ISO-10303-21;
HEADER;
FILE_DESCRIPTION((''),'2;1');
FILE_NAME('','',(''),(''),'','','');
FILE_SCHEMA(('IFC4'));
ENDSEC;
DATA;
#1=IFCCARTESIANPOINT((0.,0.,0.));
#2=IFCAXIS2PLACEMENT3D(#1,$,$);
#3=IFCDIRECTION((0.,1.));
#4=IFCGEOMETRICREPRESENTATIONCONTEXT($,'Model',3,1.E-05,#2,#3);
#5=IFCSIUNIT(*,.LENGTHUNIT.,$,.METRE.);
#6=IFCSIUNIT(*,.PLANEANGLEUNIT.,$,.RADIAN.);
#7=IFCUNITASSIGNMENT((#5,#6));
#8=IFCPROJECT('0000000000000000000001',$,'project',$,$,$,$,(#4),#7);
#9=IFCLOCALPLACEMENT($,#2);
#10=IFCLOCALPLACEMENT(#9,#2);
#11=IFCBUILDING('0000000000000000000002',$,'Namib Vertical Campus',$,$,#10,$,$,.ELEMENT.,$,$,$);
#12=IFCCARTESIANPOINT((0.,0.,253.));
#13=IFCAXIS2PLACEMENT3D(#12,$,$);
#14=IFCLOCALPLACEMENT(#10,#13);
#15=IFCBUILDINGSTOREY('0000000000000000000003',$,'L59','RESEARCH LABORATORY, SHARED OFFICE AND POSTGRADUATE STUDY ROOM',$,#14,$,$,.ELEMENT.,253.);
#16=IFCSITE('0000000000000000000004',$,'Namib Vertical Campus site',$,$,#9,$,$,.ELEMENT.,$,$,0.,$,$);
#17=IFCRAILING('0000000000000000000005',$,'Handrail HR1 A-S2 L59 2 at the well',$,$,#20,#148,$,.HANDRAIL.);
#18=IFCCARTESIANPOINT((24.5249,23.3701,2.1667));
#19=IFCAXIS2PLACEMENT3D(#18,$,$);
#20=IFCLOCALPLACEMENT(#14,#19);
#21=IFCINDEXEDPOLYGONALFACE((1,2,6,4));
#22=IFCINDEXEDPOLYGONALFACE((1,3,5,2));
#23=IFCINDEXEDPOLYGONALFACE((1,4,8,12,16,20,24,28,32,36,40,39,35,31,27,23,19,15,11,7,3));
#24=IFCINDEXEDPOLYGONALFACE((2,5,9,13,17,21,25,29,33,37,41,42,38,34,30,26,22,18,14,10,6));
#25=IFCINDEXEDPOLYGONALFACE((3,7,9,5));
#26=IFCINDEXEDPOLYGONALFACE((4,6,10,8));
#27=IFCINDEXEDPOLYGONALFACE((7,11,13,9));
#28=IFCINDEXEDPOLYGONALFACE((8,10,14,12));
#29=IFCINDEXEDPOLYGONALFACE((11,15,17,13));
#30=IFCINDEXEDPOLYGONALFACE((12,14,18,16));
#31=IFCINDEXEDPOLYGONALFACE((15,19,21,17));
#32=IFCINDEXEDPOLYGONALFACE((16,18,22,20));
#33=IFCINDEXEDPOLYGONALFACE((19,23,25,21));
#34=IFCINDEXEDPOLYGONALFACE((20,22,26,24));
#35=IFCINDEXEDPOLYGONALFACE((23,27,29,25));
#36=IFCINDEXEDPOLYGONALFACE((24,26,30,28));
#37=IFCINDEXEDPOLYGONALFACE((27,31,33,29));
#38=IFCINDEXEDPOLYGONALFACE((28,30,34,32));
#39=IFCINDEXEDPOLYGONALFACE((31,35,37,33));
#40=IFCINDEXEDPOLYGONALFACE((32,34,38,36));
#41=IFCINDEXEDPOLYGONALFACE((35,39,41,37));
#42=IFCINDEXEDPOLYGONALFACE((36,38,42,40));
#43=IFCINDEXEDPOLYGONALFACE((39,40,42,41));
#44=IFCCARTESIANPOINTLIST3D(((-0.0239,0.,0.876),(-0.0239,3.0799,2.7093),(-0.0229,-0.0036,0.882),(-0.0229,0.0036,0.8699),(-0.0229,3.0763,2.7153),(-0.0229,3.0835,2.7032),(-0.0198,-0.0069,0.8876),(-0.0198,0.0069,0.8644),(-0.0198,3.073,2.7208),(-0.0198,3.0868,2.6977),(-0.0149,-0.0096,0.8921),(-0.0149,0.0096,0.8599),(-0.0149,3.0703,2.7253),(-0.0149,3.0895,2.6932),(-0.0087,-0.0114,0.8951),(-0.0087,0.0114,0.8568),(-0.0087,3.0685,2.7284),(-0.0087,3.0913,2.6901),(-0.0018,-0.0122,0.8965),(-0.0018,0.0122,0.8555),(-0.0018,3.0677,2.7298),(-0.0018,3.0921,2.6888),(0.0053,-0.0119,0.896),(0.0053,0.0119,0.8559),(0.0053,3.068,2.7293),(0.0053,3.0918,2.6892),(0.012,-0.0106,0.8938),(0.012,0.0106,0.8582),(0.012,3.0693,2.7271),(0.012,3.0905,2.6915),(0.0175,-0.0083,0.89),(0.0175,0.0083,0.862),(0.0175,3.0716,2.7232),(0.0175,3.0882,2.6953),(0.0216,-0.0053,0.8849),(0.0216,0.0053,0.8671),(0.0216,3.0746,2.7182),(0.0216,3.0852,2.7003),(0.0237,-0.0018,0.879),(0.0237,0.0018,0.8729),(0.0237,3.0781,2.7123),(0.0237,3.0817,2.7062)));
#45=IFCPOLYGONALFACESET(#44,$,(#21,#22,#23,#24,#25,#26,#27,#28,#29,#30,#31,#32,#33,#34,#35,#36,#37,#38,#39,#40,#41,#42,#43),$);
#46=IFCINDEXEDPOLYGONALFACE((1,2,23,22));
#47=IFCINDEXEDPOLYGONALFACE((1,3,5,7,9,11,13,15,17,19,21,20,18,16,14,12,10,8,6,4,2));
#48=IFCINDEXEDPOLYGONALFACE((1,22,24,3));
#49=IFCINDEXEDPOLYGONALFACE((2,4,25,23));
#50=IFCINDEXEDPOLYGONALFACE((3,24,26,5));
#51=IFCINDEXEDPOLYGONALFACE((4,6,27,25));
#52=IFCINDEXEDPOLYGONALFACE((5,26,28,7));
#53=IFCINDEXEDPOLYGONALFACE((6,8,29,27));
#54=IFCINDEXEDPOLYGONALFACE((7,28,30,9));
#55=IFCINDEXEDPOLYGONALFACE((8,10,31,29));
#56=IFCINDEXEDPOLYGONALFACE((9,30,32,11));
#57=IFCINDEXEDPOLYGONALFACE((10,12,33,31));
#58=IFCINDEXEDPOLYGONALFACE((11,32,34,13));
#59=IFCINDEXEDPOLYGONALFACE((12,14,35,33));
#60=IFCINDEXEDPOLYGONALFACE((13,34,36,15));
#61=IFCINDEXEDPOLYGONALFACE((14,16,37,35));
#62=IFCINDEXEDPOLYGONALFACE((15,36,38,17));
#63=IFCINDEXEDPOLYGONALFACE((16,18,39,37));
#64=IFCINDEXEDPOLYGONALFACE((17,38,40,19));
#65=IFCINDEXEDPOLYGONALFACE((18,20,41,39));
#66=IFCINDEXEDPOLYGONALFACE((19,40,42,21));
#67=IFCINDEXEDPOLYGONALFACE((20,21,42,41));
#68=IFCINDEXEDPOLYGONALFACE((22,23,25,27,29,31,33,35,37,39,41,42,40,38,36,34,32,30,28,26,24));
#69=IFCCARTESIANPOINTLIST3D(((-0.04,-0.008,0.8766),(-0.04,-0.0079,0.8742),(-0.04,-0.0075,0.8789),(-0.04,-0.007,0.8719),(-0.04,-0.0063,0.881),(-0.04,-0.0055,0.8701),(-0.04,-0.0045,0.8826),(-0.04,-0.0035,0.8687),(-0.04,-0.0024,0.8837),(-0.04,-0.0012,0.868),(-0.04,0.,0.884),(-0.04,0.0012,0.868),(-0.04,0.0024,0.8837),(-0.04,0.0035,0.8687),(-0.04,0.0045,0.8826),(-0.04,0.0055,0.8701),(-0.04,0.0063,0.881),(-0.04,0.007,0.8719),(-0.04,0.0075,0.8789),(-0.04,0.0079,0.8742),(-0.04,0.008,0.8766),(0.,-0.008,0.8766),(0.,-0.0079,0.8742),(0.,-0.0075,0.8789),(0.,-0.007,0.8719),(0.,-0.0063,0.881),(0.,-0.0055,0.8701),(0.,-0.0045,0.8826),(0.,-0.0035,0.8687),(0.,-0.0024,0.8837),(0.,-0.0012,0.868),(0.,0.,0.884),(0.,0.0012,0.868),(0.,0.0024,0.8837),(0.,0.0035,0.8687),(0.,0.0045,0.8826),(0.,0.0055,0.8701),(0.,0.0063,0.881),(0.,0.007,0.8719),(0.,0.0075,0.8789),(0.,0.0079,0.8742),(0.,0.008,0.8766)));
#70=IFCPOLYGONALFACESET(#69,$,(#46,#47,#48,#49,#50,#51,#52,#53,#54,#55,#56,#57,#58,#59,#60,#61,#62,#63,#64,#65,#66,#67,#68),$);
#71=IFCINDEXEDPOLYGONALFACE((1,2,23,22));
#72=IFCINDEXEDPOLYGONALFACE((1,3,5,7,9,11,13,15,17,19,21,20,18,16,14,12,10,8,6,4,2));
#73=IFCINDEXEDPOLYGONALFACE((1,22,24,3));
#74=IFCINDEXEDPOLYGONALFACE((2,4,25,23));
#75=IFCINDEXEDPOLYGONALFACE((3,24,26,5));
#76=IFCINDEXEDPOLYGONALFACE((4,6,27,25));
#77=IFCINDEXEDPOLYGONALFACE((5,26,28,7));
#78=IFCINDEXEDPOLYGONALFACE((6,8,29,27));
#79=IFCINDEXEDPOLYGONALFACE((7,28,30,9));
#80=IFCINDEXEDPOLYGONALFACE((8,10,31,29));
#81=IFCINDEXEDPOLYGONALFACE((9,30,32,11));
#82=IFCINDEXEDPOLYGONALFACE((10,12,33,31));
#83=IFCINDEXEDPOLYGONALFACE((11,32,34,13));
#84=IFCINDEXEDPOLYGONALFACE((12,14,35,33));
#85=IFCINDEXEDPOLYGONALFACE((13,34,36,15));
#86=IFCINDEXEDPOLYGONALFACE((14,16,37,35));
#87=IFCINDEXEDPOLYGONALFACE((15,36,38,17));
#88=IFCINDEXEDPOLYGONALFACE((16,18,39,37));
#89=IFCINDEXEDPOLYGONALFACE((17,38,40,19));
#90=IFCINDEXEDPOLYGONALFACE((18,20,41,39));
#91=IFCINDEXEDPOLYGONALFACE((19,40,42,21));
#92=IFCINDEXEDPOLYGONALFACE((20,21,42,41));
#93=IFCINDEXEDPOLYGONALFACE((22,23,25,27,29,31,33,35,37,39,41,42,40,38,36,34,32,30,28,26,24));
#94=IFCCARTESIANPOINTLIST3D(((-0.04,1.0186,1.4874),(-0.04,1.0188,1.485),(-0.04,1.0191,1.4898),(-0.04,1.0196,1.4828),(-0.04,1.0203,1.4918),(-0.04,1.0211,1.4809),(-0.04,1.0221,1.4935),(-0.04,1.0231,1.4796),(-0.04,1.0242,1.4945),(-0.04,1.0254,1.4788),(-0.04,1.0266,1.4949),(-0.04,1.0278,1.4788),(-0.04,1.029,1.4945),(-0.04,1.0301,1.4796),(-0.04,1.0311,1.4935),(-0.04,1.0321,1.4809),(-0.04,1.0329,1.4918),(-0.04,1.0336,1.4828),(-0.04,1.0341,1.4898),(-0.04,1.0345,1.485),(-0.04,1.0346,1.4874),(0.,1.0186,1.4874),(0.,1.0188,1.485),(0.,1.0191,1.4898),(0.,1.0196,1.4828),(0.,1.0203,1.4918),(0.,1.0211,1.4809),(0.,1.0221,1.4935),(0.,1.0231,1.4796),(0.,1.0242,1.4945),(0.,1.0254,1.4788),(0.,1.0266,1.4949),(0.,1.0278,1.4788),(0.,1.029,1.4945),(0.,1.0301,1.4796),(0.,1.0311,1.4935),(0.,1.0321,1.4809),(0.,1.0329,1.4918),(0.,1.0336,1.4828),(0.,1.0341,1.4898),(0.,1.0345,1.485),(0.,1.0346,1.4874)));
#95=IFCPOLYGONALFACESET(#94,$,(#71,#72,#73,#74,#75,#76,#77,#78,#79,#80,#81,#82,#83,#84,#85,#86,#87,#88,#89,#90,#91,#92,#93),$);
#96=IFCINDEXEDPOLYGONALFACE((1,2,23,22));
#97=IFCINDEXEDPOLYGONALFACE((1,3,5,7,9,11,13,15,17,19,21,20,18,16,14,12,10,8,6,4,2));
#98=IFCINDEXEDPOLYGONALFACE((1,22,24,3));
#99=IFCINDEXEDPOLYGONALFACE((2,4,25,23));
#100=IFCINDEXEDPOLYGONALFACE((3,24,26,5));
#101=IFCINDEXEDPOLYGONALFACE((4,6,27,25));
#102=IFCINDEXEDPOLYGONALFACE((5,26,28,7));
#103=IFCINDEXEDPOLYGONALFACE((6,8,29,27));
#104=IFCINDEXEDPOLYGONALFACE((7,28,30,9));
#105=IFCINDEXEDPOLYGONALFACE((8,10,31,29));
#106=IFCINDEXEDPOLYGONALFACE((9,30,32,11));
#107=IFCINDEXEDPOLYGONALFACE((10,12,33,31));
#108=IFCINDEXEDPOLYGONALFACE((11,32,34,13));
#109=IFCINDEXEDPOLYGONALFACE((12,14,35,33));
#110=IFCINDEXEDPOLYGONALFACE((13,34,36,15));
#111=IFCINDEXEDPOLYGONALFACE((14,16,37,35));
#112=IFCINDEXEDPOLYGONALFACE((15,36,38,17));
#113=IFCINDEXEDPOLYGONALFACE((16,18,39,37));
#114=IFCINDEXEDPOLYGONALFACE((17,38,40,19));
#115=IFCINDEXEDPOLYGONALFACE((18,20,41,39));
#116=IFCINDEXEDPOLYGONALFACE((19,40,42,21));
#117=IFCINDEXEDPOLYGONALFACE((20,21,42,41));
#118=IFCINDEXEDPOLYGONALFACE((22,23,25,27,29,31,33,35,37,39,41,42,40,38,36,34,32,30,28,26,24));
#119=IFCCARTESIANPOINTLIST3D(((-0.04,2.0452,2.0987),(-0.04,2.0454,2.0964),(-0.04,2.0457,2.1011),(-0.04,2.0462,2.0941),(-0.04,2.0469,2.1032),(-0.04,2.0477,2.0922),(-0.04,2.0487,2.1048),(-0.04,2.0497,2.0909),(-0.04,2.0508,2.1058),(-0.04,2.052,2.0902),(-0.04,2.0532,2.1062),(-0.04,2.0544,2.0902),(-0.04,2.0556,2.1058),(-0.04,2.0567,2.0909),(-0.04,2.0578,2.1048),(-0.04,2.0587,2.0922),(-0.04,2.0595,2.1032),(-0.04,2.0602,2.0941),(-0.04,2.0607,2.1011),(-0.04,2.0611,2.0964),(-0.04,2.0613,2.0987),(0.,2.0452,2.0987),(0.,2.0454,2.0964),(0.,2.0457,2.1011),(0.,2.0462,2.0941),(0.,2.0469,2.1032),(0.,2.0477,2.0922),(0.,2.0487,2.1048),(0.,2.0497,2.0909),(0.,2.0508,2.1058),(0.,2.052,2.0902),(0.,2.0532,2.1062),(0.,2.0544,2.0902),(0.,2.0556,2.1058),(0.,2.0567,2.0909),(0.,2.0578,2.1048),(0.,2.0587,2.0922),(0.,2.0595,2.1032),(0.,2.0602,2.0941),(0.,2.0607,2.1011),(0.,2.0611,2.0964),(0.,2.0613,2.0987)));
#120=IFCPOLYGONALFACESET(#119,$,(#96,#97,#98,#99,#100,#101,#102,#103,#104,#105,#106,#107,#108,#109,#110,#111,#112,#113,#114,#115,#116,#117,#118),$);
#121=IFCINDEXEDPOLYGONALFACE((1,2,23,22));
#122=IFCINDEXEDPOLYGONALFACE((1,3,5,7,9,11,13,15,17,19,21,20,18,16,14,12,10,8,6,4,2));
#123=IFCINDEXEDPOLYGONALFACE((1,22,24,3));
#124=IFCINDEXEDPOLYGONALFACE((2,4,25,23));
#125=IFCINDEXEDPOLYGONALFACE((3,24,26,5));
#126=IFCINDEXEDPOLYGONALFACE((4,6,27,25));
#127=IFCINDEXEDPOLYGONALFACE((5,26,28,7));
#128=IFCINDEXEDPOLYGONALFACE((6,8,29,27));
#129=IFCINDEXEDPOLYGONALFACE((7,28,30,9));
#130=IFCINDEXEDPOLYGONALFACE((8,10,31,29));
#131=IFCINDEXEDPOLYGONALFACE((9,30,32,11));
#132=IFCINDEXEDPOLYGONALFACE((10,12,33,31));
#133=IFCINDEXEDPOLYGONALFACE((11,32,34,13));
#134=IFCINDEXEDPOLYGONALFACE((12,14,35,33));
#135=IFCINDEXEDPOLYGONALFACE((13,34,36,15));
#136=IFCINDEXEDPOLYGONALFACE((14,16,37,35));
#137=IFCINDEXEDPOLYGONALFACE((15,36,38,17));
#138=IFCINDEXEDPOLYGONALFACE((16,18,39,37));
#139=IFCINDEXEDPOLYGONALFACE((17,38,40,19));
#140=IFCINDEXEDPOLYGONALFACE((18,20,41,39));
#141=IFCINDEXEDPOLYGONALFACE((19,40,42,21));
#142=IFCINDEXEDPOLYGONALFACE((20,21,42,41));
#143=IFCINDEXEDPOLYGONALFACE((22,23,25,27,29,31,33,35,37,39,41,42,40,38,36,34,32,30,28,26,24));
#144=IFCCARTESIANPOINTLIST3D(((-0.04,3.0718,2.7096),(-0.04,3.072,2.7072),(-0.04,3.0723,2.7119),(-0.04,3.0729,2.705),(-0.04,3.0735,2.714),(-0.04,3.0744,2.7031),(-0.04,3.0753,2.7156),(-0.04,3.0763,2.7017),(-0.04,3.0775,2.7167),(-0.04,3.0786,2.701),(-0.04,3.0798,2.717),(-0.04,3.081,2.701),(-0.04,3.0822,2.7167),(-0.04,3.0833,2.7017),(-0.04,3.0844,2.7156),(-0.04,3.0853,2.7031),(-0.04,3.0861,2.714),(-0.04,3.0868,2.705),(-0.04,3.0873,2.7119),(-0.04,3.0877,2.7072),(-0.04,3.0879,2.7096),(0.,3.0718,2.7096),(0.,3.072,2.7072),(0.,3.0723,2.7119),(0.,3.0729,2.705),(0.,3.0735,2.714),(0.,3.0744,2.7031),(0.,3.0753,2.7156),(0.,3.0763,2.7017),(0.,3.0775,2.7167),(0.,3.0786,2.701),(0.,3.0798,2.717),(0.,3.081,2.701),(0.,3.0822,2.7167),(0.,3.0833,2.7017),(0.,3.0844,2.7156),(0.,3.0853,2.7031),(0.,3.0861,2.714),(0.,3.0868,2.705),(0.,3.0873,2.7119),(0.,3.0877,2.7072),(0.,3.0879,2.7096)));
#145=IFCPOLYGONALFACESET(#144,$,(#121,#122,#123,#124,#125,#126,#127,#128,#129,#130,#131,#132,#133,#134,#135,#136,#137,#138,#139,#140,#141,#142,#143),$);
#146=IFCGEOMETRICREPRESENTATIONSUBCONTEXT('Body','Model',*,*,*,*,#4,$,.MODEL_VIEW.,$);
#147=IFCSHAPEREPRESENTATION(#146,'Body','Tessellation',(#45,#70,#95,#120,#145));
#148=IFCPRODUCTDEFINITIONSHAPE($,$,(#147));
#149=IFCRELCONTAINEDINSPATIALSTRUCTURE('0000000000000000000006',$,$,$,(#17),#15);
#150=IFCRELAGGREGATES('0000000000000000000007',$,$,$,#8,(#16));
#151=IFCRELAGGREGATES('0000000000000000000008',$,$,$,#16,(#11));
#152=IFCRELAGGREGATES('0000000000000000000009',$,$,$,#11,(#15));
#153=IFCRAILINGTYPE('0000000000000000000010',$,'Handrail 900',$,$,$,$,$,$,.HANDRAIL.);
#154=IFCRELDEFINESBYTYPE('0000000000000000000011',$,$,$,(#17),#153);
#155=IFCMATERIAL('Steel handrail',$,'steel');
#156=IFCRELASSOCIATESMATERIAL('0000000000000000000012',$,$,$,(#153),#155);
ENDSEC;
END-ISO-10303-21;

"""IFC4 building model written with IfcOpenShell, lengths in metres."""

from ifc_helpers import new_model, si_unit, direction, frame, origin, origin_2d, place, context, subcontext, project, spatial, circle, extrude, material, type_object, element, save


model = new_model("IFC4")

# Units and contexts
model_context = context("Model", 3, precision=1e-05, world=origin(), true_north=direction((0.0, 1.0)))
body_context = subcontext(model_context, "Body", "Model", "MODEL_VIEW")
ifc_project = project(units=[si_unit("LENGTHUNIT", "METRE"), si_unit("PLANEANGLEUNIT", "RADIAN")], contexts=[model_context])

# Site, building, storey
site_placement = place(None, origin())
site = spatial("IfcSite", under=ifc_project, at=site_placement, Name="Namib Vertical Campus site", CompositionType="ELEMENT", RefElevation=0.0)
building_placement = place(site_placement, origin())
building = spatial("IfcBuilding", under=site, at=building_placement, Name="Namib Vertical Campus", CompositionType="ELEMENT")
storey_placement = place(building_placement, frame((0.0, 0.0, 253.0)))
storey = spatial("IfcBuildingStorey", under=building, at=storey_placement, Name="L59", Description="RESEARCH LABORATORY, SHARED OFFICE AND POSTGRADUATE STUDY ROOM", CompositionType="ELEMENT", Elevation=253.0)

# Railing
ifc_material_1 = material(Name="Steel handrail", Category="steel")
railing_type_1 = type_object("IfcRailingType", Name="Handrail 900", PredefinedType="HANDRAIL", material=ifc_material_1)
railing_1_placement = place(storey_placement, frame((24.5249, 23.3701, 2.1667)))
element("IfcRailing", 1, at=railing_1_placement, inside=storey, type_object=railing_type_1, Name="Handrail HR1 A-S2 L59 2 at the well", PredefinedType="HANDRAIL", context=body_context, shape_type="SweptSolid", body=[
    extrude(circle(Radius=0.0239, at=origin_2d()), frame((0.0, 0.0, 0.876), z_axis=(0.0, 0.859291, 0.511487), x_axis=(-1.0, 0.0, 0.0)), (0.0, 0.0, 1.0), 3.5842),
    extrude(circle(Radius=0.0081, at=origin_2d()), frame((0.0, 0.0, 0.876), z_axis=(-1.0, 0.0, 0.0), x_axis=(0.0, 0.0, 1.0)), (0.0, 0.0, 1.0), 0.04),
    extrude(circle(Radius=0.0081, at=origin_2d()), frame((0.0, 1.0266, 1.4868), z_axis=(-1.0, 0.0, 0.0), x_axis=(0.0, 0.0, 1.0)), (0.0, 0.0, 1.0), 0.04),
    extrude(circle(Radius=0.0081, at=origin_2d()), frame((0.0, 2.0532, 2.0981), z_axis=(-1.0, 0.0, 0.0), x_axis=(0.0, 0.0, 1.0)), (0.0, 0.0, 1.0), 0.04),
    extrude(circle(Radius=0.0081, at=origin_2d()), frame((0.0, 3.0798, 2.709), z_axis=(-1.0, 0.0, 0.0), x_axis=(0.0, 0.0, 1.0)), (0.0, 0.0, 1.0), 0.04),
])

save(model, "model.ifc")
